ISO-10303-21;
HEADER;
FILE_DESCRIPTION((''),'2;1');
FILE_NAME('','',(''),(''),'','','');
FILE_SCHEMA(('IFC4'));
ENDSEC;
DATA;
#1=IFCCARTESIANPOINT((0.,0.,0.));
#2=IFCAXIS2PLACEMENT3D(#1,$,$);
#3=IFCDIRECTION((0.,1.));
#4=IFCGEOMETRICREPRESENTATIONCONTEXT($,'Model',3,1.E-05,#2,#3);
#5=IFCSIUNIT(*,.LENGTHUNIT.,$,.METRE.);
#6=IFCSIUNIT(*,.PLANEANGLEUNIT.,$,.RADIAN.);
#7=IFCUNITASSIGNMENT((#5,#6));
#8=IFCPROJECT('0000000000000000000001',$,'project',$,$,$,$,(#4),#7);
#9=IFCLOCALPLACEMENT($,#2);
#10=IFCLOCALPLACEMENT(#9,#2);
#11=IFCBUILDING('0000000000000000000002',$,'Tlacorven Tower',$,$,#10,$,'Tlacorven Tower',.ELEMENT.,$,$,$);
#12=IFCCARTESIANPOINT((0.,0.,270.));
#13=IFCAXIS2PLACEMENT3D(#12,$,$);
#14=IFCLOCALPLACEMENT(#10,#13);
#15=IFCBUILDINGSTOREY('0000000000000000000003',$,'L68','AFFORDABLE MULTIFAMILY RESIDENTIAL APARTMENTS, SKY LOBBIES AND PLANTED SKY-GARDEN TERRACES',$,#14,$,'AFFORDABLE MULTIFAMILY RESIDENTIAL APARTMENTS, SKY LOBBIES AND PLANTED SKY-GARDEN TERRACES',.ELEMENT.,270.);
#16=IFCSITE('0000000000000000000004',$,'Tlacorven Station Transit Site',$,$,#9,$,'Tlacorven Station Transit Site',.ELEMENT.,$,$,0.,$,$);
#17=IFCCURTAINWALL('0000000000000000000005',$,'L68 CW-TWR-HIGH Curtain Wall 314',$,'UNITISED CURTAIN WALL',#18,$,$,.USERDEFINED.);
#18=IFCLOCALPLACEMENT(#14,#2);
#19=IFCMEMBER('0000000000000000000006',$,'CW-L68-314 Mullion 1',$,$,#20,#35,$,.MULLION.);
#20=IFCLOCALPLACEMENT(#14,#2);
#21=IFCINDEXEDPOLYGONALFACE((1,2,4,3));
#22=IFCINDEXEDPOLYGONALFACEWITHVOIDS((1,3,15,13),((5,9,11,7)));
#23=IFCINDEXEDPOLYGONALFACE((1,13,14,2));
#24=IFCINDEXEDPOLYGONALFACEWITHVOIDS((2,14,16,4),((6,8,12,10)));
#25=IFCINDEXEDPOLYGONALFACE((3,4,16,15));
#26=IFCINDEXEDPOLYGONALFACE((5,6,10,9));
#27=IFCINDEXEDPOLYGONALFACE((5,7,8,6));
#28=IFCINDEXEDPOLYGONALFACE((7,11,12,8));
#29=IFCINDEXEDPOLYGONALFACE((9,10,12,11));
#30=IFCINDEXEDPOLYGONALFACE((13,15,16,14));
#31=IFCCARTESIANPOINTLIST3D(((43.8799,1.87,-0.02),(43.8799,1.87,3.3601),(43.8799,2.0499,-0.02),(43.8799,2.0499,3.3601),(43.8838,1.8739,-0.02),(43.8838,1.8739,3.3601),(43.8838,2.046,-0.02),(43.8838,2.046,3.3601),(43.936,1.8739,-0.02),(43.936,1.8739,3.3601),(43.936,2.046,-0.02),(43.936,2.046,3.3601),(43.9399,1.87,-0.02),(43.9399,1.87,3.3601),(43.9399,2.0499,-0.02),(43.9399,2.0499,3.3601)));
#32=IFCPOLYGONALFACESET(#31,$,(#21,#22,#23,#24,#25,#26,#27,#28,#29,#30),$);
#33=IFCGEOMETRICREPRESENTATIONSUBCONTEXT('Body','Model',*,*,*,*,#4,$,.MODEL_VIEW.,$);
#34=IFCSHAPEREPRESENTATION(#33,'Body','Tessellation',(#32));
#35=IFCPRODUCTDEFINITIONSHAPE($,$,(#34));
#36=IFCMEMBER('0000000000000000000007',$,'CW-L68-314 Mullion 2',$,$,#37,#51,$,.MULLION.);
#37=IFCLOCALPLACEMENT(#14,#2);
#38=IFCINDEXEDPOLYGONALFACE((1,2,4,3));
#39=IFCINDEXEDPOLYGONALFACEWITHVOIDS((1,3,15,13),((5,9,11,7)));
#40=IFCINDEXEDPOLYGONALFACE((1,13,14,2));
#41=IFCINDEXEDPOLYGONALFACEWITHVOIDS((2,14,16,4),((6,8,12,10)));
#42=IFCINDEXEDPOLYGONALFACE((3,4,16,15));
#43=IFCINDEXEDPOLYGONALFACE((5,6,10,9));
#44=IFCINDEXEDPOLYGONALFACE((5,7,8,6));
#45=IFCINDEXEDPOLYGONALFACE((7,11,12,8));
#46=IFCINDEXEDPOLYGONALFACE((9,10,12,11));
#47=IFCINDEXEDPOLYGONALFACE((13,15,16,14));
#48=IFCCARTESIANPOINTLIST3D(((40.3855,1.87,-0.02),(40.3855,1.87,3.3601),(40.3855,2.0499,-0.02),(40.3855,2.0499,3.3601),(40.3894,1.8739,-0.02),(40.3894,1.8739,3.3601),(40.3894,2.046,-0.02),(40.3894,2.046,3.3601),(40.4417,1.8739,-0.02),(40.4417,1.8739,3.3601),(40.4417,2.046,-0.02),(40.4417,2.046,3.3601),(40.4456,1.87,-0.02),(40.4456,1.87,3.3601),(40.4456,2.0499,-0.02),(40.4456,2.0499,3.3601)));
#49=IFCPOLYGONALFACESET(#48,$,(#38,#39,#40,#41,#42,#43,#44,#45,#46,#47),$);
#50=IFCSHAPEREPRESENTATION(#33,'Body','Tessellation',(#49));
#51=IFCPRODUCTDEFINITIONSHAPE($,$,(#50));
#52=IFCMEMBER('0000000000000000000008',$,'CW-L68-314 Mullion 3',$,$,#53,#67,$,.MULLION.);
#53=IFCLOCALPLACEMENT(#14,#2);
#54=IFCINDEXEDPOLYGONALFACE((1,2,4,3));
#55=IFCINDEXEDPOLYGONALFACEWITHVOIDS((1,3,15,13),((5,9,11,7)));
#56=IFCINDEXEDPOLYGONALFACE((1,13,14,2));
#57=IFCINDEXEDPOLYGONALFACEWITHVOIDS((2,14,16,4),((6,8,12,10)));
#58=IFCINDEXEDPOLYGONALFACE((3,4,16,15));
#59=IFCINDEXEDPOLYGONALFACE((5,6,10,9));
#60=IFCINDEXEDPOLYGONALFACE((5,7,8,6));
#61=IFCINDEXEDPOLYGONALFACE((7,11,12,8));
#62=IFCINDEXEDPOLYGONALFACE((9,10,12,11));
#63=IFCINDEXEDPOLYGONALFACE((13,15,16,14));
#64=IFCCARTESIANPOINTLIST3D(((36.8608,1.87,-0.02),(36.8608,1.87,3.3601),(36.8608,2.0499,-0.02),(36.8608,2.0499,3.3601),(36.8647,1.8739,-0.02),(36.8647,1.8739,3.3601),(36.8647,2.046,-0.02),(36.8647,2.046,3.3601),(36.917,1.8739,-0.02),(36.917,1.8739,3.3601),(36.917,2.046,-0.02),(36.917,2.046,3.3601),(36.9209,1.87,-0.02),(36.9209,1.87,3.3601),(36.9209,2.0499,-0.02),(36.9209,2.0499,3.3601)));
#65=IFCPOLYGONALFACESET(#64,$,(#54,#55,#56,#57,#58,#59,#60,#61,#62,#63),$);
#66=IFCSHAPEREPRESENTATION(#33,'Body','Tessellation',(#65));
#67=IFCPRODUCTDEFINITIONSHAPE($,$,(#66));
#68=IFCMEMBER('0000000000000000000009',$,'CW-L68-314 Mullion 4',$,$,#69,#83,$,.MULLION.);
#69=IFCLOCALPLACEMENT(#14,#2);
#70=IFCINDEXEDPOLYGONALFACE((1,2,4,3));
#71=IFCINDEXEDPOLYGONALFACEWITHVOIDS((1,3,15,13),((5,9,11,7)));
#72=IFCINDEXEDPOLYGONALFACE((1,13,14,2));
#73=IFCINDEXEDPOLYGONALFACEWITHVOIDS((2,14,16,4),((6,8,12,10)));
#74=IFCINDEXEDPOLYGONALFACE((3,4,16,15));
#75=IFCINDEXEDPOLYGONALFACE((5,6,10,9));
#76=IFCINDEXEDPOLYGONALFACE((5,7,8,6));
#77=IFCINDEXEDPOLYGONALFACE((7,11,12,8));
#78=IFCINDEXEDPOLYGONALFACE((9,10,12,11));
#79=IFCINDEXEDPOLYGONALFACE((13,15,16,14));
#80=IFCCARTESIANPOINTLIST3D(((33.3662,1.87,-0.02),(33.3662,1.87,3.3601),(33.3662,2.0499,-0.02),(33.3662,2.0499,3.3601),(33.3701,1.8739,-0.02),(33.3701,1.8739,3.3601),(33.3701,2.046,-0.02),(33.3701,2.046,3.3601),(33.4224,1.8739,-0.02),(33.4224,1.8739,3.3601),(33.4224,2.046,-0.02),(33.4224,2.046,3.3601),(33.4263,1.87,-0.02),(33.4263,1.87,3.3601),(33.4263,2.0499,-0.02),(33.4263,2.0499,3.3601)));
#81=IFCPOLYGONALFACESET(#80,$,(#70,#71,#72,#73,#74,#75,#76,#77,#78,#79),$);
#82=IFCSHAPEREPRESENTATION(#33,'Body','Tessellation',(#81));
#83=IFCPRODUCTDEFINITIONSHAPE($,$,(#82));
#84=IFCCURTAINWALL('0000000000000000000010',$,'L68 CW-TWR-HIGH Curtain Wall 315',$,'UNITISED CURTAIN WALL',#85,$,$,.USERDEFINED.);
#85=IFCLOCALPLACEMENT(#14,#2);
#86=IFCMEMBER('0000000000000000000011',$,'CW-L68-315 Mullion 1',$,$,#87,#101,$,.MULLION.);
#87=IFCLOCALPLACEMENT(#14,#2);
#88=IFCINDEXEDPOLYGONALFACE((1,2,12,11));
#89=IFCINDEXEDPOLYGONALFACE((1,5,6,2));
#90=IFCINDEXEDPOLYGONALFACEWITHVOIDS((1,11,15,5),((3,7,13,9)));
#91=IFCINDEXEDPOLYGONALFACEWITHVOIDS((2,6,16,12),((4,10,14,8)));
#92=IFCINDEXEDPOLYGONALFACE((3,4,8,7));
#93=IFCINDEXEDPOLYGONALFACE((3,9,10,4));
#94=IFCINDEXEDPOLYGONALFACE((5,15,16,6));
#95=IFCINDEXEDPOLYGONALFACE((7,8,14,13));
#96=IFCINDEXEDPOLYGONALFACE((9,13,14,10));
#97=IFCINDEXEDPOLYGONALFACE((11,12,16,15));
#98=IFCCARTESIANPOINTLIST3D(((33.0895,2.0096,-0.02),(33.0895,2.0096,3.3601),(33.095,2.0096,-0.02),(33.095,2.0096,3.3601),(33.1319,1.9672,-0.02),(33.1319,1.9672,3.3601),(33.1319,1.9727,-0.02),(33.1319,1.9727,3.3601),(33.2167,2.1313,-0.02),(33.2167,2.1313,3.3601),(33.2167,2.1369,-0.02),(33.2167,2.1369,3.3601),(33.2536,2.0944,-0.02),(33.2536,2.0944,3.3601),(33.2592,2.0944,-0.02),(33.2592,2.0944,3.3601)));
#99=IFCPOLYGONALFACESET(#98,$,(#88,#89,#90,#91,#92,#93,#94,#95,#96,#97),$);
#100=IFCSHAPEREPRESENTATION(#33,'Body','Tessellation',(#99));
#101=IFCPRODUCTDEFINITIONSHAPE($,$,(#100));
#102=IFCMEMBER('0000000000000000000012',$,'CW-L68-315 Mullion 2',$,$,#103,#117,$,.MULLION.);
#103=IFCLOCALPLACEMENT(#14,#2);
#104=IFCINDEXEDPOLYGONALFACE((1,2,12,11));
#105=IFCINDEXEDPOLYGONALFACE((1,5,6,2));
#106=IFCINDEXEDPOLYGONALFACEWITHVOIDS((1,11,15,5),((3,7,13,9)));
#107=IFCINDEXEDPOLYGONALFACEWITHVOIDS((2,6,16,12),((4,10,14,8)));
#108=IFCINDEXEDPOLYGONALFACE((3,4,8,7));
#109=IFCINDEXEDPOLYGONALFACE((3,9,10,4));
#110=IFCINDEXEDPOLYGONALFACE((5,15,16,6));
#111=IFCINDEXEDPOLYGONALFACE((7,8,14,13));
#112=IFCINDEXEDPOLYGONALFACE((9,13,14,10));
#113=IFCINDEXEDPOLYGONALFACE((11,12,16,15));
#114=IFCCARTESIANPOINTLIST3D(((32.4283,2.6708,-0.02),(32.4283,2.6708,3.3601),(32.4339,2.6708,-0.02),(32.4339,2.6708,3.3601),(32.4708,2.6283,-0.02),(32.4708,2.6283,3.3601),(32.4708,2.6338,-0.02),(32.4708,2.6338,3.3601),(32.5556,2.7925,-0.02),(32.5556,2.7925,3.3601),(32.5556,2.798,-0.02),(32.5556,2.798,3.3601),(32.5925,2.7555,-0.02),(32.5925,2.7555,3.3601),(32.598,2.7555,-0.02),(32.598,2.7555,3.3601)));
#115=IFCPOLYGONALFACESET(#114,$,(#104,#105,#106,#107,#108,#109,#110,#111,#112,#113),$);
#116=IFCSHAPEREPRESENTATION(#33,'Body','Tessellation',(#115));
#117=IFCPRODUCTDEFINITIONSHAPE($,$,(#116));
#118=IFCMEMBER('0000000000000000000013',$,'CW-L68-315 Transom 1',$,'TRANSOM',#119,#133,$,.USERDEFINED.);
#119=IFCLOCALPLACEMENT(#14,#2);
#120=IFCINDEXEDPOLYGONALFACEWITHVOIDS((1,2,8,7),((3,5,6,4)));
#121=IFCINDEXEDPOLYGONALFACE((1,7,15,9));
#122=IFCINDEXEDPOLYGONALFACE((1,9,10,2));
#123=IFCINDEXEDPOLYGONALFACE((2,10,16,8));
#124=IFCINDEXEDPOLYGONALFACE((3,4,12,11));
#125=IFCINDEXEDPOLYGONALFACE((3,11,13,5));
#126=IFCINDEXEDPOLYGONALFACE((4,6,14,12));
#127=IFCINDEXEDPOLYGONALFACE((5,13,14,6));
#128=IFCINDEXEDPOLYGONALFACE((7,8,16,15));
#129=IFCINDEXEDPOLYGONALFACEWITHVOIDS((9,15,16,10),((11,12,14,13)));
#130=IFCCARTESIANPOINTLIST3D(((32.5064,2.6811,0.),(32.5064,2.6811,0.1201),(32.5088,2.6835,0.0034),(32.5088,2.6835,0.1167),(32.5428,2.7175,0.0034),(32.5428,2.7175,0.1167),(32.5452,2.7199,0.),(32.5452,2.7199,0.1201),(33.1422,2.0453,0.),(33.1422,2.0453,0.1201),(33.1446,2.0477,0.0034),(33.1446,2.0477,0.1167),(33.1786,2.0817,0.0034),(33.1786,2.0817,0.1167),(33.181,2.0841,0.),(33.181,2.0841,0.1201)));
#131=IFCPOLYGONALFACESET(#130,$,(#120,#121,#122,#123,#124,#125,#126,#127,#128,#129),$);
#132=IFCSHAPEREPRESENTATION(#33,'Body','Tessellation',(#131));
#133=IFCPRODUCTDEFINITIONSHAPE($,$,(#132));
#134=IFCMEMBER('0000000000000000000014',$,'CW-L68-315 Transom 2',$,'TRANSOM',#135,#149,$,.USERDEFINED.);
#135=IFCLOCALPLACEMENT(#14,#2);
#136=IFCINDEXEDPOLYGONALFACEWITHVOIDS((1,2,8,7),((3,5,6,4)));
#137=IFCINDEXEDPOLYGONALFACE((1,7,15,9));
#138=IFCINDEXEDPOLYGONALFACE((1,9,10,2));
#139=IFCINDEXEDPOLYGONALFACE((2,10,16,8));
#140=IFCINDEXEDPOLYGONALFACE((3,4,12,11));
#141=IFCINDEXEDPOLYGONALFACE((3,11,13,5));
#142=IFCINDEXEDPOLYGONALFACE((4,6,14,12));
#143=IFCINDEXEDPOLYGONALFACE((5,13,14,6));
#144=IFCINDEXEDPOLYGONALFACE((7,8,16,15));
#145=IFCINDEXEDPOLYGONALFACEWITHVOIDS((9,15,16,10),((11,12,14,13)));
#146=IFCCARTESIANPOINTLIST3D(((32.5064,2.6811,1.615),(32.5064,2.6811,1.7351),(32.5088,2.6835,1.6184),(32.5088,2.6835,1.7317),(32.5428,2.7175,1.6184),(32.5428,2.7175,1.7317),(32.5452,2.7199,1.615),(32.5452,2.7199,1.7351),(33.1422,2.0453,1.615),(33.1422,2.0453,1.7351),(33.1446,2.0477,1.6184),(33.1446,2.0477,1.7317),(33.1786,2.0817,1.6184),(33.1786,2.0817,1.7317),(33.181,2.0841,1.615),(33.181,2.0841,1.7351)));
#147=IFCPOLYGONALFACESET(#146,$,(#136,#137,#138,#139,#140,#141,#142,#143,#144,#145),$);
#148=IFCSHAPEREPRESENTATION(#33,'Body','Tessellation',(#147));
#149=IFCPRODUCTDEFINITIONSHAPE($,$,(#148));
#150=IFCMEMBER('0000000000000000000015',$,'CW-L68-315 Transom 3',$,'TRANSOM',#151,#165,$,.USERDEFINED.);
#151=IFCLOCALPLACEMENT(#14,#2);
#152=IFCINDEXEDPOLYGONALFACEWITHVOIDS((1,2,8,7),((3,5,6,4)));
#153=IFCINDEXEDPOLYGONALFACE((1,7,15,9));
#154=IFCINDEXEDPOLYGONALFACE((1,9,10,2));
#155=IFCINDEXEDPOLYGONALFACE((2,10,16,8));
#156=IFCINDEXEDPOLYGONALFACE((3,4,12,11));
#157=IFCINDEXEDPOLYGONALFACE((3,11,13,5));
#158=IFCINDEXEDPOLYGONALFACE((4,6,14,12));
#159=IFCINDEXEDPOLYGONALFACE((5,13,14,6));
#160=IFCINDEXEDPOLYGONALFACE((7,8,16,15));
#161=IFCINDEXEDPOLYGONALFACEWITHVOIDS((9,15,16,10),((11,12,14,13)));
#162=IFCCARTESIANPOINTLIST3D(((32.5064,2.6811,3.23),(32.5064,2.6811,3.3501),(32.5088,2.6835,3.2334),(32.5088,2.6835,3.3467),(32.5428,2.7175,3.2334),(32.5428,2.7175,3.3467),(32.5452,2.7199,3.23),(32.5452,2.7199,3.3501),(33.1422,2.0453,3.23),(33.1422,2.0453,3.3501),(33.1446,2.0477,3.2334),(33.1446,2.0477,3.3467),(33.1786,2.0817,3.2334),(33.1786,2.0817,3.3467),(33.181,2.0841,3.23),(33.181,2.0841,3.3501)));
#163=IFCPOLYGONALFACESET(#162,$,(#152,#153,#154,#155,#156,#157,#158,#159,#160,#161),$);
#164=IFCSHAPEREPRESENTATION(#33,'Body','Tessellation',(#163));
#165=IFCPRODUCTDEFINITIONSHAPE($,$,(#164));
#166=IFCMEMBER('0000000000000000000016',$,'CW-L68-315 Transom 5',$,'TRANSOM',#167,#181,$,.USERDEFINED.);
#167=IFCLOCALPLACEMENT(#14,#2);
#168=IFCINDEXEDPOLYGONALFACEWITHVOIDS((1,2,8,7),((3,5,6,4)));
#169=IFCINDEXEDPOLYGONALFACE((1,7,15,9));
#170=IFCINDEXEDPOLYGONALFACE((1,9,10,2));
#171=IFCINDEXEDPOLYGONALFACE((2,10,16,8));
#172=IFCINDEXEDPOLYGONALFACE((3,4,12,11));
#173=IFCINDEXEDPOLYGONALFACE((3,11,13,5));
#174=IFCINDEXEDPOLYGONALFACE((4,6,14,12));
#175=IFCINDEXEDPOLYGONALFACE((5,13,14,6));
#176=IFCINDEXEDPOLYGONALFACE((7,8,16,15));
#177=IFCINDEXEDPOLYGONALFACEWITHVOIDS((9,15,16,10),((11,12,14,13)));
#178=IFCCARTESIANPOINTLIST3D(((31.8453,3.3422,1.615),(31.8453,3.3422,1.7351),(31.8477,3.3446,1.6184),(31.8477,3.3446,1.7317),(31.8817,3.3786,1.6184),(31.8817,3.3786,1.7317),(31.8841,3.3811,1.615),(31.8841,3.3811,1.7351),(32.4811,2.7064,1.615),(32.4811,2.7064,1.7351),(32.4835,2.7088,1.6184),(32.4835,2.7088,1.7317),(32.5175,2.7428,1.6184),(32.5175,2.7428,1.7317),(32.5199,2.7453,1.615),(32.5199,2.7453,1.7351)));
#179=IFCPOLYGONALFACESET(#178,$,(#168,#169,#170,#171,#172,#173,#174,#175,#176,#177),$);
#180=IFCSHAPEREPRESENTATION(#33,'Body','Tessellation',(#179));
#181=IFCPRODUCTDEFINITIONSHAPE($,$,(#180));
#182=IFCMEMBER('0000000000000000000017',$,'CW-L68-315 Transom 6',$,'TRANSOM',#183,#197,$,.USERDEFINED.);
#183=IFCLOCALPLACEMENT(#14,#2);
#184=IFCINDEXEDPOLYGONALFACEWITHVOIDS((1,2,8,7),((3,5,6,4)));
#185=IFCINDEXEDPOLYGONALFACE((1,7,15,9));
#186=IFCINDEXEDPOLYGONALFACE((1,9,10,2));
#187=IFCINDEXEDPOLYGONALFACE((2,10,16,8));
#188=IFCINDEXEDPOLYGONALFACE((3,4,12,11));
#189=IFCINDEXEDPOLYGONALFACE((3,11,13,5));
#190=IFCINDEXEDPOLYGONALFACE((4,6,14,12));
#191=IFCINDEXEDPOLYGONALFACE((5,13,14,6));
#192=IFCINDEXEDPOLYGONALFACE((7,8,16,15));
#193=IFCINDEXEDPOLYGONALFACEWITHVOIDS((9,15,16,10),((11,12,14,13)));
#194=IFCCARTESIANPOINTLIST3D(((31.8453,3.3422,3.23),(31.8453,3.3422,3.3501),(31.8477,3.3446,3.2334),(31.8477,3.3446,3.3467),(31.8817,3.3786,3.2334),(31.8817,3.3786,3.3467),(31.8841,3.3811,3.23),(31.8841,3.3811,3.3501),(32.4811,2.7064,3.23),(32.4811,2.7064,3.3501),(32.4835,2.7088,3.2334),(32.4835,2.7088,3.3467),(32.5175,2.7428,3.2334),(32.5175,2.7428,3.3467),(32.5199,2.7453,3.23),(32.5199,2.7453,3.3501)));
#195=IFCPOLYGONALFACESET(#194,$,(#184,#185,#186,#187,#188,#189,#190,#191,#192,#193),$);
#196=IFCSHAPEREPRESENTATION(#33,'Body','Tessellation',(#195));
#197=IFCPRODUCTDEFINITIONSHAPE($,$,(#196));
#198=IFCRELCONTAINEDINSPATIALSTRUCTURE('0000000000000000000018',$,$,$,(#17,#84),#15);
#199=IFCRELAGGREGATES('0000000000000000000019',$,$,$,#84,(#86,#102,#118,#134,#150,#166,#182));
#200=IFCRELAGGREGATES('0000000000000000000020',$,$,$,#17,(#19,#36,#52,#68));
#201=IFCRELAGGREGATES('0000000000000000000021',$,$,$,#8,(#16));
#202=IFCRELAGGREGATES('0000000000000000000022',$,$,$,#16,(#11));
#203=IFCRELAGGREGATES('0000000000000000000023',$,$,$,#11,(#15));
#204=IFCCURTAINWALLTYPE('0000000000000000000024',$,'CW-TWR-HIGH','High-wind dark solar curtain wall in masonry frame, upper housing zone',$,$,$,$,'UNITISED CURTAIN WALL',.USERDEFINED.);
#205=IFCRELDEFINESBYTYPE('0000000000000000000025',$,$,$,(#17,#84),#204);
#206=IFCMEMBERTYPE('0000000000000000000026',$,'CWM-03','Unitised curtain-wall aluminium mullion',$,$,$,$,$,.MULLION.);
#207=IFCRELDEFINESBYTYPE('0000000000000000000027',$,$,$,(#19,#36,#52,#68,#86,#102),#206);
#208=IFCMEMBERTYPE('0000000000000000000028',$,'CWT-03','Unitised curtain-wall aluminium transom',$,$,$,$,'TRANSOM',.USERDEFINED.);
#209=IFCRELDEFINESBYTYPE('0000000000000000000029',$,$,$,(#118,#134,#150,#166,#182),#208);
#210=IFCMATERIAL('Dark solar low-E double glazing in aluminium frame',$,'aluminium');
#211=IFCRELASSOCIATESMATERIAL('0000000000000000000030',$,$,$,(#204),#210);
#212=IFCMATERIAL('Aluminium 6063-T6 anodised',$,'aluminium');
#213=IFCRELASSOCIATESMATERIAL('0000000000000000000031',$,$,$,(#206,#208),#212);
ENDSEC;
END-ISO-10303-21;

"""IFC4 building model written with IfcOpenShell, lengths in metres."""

from ifc_helpers import new_model, si_unit, direction, frame, origin, origin_2d, place, context, subcontext, project, spatial, hollow_rectangle, extrude, source, transform, mapped, material, material_profile, profile_set, type_object, element, aggregate, save


model = new_model("IFC4")

# Units and contexts
model_context = context("Model", 3, precision=1e-05, world=origin(), true_north=direction((0.0, 1.0)))
body_context = subcontext(model_context, "Body", "Model", "MODEL_VIEW")
ifc_project = project(units=[si_unit("LENGTHUNIT", "METRE"), si_unit("PLANEANGLEUNIT", "RADIAN")], contexts=[model_context])

# Site, building, storey
site_placement = place(None, origin())
site = spatial("IfcSite", under=ifc_project, at=site_placement, Name="Tlacorven Station Transit Site", LongName="Tlacorven Station Transit Site", CompositionType="ELEMENT", RefElevation=0.0)
building_placement = place(site_placement, origin())
building = spatial("IfcBuilding", under=site, at=building_placement, Name="Tlacorven Tower", LongName="Tlacorven Tower", CompositionType="ELEMENT")
storey_placement = place(building_placement, frame((0.0, 0.0, 270.0)))
storey = spatial("IfcBuildingStorey", under=building, at=storey_placement, Name="L68", Description="AFFORDABLE MULTIFAMILY RESIDENTIAL APARTMENTS, SKY LOBBIES AND PLANTED SKY-GARDEN TERRACES", LongName="AFFORDABLE MULTIFAMILY RESIDENTIAL APARTMENTS, SKY LOBBIES AND PLANTED SKY-GARDEN TERRACES", CompositionType="ELEMENT", Elevation=270.0)

# Curtain walls, members
ifc_material_1 = material(Name="Dark solar low-E double glazing in aluminium frame", Category="aluminium")
curtain_wall_type = type_object("IfcCurtainWallType", Name="CW-TWR-HIGH", Description="High-wind dark solar curtain wall in masonry frame, upper housing zone", ElementType="UNITISED CURTAIN WALL", PredefinedType="USERDEFINED", material=ifc_material_1)
curtain_wall_1_placement = place(storey_placement, origin())
curtain_wall_1 = element("IfcCurtainWall", 1, at=curtain_wall_1_placement, inside=storey, type_object=curtain_wall_type, Name="L68 CW-TWR-HIGH Curtain Wall 314", ObjectType="UNITISED CURTAIN WALL", PredefinedType="USERDEFINED")
ifc_material_2 = material(Name="Aluminium 6063-T6 anodised", Category="aluminium")
ifc_material_profile_1 = material_profile(ifc_material_2, hollow_rectangle(XDim=0.0601, YDim=0.1799, WallThickness=0.0039, at=origin_2d()), Name="ALU MULLION 60X180")
ifc_profile_set_1 = profile_set([ifc_material_profile_1], Name="Aluminium 6063-T6 anodised")
member_type_1 = type_object("IfcMemberType", Name="CWM-03", Description="Unitised curtain-wall aluminium mullion", PredefinedType="MULLION", material=ifc_profile_set_1)
shared_shape_1 = source(origin(), body_context, "Body", "SweptSolid", [
    extrude(hollow_rectangle(XDim=0.0601, YDim=0.1799, WallThickness=0.0039, at=origin_2d()), origin(), (0.0, 0.0, 1.0), 3.3801),
])
member_1_placement = place(storey_placement, frame((43.9099, 1.96, -0.02), z_axis=(0.0, 0.0, 1.0), x_axis=(-1.0, 0.0, 0.0)))
member_1 = element("IfcMember", 2, at=member_1_placement, type_object=member_type_1, Name="CW-L68-314 Mullion 1", PredefinedType="MULLION", context=body_context, shape_type="MappedRepresentation", body=[
    mapped(shared_shape_1, transform((0.0, 0.0, 0.0), scale=1.0)),
])
member_2_placement = place(storey_placement, frame((40.4155, 1.96, -0.02), z_axis=(0.0, 0.0, 1.0), x_axis=(-1.0, 0.0, 0.0)))
member_2 = element("IfcMember", 3, at=member_2_placement, type_object=member_type_1, Name="CW-L68-314 Mullion 2", PredefinedType="MULLION", context=body_context, shape_type="MappedRepresentation", body=[
    mapped(shared_shape_1, transform((0.0, 0.0, 0.0), scale=1.0)),
])
member_3_placement = place(storey_placement, frame((36.8909, 1.96, -0.02), z_axis=(0.0, 0.0, 1.0), x_axis=(-1.0, 0.0, 0.0)))
member_3 = element("IfcMember", 4, at=member_3_placement, type_object=member_type_1, Name="CW-L68-314 Mullion 3", PredefinedType="MULLION", context=body_context, shape_type="MappedRepresentation", body=[
    mapped(shared_shape_1, transform((0.0, 0.0, 0.0), scale=1.0)),
])
member_4_placement = place(storey_placement, frame((33.3962, 1.96, -0.02), z_axis=(0.0, 0.0, 1.0), x_axis=(-1.0, 0.0, 0.0)))
member_4 = element("IfcMember", 5, at=member_4_placement, type_object=member_type_1, Name="CW-L68-314 Mullion 4", PredefinedType="MULLION", context=body_context, shape_type="MappedRepresentation", body=[
    mapped(shared_shape_1, transform((0.0, 0.0, 0.0), scale=1.0)),
])
curtain_wall_2_placement = place(storey_placement, origin())
curtain_wall_2 = element("IfcCurtainWall", 6, at=curtain_wall_2_placement, inside=storey, type_object=curtain_wall_type, Name="L68 CW-TWR-HIGH Curtain Wall 315", ObjectType="UNITISED CURTAIN WALL", PredefinedType="USERDEFINED")
member_5_placement = place(storey_placement, frame((33.1743, 2.052, -0.02), z_axis=(0.0, 0.0, 1.0), x_axis=(-0.707107, 0.707107, 0.0)))
member_5 = element("IfcMember", 7, at=member_5_placement, type_object=member_type_1, Name="CW-L68-315 Mullion 1", PredefinedType="MULLION", context=body_context, shape_type="MappedRepresentation", body=[
    mapped(shared_shape_1, transform((0.0, 0.0, 0.0), scale=1.0)),
])
member_6_placement = place(storey_placement, frame((32.5132, 2.7131, -0.02), z_axis=(0.0, 0.0, 1.0), x_axis=(-0.707107, 0.707107, 0.0)))
member_6 = element("IfcMember", 8, at=member_6_placement, type_object=member_type_1, Name="CW-L68-315 Mullion 2", PredefinedType="MULLION", context=body_context, shape_type="MappedRepresentation", body=[
    mapped(shared_shape_1, transform((0.0, 0.0, 0.0), scale=1.0)),
])
ifc_material_profile_2 = material_profile(ifc_material_2, hollow_rectangle(XDim=0.0549, YDim=0.1201, WallThickness=0.0034, at=origin_2d()), Name="ALU TRANSOM 55X120")
ifc_profile_set_2 = profile_set([ifc_material_profile_2], Name="Aluminium 6063-T6 anodised")
member_type_2 = type_object("IfcMemberType", Name="CWT-03", Description="Unitised curtain-wall aluminium transom", ElementType="TRANSOM", PredefinedType="USERDEFINED", material=ifc_profile_set_2)
shared_shape_2 = source(origin(), body_context, "Body", "SweptSolid", [
    extrude(hollow_rectangle(XDim=0.0549, YDim=0.1201, WallThickness=0.0034, at=origin_2d()), origin(), (0.0, 0.0, 1.0), 0.8992),
])
member_7_placement = place(storey_placement, frame((33.1616, 2.0647, 0.0601), z_axis=(-0.707107, 0.707107, 0.0), x_axis=(-0.707107, -0.707107, 0.0)))
member_7 = element("IfcMember", 9, at=member_7_placement, type_object=member_type_2, Name="CW-L68-315 Transom 1", ObjectType="TRANSOM", PredefinedType="USERDEFINED", context=body_context, shape_type="MappedRepresentation", body=[
    mapped(shared_shape_2, transform((0.0, 0.0, 0.0), scale=1.0)),
])
member_8_placement = place(storey_placement, frame((33.1616, 2.0647, 1.675), z_axis=(-0.707107, 0.707107, 0.0), x_axis=(-0.707107, -0.707107, 0.0)))
member_8 = element("IfcMember", 10, at=member_8_placement, type_object=member_type_2, Name="CW-L68-315 Transom 2", ObjectType="TRANSOM", PredefinedType="USERDEFINED", context=body_context, shape_type="MappedRepresentation", body=[
    mapped(shared_shape_2, transform((0.0, 0.0, 0.0), scale=1.0)),
])
member_9_placement = place(storey_placement, frame((33.1616, 2.0647, 3.29), z_axis=(-0.707107, 0.707107, 0.0), x_axis=(-0.707107, -0.707107, 0.0)))
member_9 = element("IfcMember", 11, at=member_9_placement, type_object=member_type_2, Name="CW-L68-315 Transom 3", ObjectType="TRANSOM", PredefinedType="USERDEFINED", context=body_context, shape_type="MappedRepresentation", body=[
    mapped(shared_shape_2, transform((0.0, 0.0, 0.0), scale=1.0)),
])
member_10_placement = place(storey_placement, frame((32.5005, 2.7258, 1.675), z_axis=(-0.707107, 0.707107, 0.0), x_axis=(-0.707107, -0.707107, 0.0)))
member_10 = element("IfcMember", 12, at=member_10_placement, type_object=member_type_2, Name="CW-L68-315 Transom 5", ObjectType="TRANSOM", PredefinedType="USERDEFINED", context=body_context, shape_type="MappedRepresentation", body=[
    mapped(shared_shape_2, transform((0.0, 0.0, 0.0), scale=1.0)),
])
member_11_placement = place(storey_placement, frame((32.5005, 2.7258, 3.29), z_axis=(-0.707107, 0.707107, 0.0), x_axis=(-0.707107, -0.707107, 0.0)))
member_11 = element("IfcMember", 13, at=member_11_placement, type_object=member_type_2, Name="CW-L68-315 Transom 6", ObjectType="TRANSOM", PredefinedType="USERDEFINED", context=body_context, shape_type="MappedRepresentation", body=[
    mapped(shared_shape_2, transform((0.0, 0.0, 0.0), scale=1.0)),
])

aggregate(curtain_wall_2, [member_5, member_6, member_7, member_8, member_9, member_10, member_11])
aggregate(curtain_wall_1, [member_1, member_2, member_3, member_4])

save(model, "model.ifc")
